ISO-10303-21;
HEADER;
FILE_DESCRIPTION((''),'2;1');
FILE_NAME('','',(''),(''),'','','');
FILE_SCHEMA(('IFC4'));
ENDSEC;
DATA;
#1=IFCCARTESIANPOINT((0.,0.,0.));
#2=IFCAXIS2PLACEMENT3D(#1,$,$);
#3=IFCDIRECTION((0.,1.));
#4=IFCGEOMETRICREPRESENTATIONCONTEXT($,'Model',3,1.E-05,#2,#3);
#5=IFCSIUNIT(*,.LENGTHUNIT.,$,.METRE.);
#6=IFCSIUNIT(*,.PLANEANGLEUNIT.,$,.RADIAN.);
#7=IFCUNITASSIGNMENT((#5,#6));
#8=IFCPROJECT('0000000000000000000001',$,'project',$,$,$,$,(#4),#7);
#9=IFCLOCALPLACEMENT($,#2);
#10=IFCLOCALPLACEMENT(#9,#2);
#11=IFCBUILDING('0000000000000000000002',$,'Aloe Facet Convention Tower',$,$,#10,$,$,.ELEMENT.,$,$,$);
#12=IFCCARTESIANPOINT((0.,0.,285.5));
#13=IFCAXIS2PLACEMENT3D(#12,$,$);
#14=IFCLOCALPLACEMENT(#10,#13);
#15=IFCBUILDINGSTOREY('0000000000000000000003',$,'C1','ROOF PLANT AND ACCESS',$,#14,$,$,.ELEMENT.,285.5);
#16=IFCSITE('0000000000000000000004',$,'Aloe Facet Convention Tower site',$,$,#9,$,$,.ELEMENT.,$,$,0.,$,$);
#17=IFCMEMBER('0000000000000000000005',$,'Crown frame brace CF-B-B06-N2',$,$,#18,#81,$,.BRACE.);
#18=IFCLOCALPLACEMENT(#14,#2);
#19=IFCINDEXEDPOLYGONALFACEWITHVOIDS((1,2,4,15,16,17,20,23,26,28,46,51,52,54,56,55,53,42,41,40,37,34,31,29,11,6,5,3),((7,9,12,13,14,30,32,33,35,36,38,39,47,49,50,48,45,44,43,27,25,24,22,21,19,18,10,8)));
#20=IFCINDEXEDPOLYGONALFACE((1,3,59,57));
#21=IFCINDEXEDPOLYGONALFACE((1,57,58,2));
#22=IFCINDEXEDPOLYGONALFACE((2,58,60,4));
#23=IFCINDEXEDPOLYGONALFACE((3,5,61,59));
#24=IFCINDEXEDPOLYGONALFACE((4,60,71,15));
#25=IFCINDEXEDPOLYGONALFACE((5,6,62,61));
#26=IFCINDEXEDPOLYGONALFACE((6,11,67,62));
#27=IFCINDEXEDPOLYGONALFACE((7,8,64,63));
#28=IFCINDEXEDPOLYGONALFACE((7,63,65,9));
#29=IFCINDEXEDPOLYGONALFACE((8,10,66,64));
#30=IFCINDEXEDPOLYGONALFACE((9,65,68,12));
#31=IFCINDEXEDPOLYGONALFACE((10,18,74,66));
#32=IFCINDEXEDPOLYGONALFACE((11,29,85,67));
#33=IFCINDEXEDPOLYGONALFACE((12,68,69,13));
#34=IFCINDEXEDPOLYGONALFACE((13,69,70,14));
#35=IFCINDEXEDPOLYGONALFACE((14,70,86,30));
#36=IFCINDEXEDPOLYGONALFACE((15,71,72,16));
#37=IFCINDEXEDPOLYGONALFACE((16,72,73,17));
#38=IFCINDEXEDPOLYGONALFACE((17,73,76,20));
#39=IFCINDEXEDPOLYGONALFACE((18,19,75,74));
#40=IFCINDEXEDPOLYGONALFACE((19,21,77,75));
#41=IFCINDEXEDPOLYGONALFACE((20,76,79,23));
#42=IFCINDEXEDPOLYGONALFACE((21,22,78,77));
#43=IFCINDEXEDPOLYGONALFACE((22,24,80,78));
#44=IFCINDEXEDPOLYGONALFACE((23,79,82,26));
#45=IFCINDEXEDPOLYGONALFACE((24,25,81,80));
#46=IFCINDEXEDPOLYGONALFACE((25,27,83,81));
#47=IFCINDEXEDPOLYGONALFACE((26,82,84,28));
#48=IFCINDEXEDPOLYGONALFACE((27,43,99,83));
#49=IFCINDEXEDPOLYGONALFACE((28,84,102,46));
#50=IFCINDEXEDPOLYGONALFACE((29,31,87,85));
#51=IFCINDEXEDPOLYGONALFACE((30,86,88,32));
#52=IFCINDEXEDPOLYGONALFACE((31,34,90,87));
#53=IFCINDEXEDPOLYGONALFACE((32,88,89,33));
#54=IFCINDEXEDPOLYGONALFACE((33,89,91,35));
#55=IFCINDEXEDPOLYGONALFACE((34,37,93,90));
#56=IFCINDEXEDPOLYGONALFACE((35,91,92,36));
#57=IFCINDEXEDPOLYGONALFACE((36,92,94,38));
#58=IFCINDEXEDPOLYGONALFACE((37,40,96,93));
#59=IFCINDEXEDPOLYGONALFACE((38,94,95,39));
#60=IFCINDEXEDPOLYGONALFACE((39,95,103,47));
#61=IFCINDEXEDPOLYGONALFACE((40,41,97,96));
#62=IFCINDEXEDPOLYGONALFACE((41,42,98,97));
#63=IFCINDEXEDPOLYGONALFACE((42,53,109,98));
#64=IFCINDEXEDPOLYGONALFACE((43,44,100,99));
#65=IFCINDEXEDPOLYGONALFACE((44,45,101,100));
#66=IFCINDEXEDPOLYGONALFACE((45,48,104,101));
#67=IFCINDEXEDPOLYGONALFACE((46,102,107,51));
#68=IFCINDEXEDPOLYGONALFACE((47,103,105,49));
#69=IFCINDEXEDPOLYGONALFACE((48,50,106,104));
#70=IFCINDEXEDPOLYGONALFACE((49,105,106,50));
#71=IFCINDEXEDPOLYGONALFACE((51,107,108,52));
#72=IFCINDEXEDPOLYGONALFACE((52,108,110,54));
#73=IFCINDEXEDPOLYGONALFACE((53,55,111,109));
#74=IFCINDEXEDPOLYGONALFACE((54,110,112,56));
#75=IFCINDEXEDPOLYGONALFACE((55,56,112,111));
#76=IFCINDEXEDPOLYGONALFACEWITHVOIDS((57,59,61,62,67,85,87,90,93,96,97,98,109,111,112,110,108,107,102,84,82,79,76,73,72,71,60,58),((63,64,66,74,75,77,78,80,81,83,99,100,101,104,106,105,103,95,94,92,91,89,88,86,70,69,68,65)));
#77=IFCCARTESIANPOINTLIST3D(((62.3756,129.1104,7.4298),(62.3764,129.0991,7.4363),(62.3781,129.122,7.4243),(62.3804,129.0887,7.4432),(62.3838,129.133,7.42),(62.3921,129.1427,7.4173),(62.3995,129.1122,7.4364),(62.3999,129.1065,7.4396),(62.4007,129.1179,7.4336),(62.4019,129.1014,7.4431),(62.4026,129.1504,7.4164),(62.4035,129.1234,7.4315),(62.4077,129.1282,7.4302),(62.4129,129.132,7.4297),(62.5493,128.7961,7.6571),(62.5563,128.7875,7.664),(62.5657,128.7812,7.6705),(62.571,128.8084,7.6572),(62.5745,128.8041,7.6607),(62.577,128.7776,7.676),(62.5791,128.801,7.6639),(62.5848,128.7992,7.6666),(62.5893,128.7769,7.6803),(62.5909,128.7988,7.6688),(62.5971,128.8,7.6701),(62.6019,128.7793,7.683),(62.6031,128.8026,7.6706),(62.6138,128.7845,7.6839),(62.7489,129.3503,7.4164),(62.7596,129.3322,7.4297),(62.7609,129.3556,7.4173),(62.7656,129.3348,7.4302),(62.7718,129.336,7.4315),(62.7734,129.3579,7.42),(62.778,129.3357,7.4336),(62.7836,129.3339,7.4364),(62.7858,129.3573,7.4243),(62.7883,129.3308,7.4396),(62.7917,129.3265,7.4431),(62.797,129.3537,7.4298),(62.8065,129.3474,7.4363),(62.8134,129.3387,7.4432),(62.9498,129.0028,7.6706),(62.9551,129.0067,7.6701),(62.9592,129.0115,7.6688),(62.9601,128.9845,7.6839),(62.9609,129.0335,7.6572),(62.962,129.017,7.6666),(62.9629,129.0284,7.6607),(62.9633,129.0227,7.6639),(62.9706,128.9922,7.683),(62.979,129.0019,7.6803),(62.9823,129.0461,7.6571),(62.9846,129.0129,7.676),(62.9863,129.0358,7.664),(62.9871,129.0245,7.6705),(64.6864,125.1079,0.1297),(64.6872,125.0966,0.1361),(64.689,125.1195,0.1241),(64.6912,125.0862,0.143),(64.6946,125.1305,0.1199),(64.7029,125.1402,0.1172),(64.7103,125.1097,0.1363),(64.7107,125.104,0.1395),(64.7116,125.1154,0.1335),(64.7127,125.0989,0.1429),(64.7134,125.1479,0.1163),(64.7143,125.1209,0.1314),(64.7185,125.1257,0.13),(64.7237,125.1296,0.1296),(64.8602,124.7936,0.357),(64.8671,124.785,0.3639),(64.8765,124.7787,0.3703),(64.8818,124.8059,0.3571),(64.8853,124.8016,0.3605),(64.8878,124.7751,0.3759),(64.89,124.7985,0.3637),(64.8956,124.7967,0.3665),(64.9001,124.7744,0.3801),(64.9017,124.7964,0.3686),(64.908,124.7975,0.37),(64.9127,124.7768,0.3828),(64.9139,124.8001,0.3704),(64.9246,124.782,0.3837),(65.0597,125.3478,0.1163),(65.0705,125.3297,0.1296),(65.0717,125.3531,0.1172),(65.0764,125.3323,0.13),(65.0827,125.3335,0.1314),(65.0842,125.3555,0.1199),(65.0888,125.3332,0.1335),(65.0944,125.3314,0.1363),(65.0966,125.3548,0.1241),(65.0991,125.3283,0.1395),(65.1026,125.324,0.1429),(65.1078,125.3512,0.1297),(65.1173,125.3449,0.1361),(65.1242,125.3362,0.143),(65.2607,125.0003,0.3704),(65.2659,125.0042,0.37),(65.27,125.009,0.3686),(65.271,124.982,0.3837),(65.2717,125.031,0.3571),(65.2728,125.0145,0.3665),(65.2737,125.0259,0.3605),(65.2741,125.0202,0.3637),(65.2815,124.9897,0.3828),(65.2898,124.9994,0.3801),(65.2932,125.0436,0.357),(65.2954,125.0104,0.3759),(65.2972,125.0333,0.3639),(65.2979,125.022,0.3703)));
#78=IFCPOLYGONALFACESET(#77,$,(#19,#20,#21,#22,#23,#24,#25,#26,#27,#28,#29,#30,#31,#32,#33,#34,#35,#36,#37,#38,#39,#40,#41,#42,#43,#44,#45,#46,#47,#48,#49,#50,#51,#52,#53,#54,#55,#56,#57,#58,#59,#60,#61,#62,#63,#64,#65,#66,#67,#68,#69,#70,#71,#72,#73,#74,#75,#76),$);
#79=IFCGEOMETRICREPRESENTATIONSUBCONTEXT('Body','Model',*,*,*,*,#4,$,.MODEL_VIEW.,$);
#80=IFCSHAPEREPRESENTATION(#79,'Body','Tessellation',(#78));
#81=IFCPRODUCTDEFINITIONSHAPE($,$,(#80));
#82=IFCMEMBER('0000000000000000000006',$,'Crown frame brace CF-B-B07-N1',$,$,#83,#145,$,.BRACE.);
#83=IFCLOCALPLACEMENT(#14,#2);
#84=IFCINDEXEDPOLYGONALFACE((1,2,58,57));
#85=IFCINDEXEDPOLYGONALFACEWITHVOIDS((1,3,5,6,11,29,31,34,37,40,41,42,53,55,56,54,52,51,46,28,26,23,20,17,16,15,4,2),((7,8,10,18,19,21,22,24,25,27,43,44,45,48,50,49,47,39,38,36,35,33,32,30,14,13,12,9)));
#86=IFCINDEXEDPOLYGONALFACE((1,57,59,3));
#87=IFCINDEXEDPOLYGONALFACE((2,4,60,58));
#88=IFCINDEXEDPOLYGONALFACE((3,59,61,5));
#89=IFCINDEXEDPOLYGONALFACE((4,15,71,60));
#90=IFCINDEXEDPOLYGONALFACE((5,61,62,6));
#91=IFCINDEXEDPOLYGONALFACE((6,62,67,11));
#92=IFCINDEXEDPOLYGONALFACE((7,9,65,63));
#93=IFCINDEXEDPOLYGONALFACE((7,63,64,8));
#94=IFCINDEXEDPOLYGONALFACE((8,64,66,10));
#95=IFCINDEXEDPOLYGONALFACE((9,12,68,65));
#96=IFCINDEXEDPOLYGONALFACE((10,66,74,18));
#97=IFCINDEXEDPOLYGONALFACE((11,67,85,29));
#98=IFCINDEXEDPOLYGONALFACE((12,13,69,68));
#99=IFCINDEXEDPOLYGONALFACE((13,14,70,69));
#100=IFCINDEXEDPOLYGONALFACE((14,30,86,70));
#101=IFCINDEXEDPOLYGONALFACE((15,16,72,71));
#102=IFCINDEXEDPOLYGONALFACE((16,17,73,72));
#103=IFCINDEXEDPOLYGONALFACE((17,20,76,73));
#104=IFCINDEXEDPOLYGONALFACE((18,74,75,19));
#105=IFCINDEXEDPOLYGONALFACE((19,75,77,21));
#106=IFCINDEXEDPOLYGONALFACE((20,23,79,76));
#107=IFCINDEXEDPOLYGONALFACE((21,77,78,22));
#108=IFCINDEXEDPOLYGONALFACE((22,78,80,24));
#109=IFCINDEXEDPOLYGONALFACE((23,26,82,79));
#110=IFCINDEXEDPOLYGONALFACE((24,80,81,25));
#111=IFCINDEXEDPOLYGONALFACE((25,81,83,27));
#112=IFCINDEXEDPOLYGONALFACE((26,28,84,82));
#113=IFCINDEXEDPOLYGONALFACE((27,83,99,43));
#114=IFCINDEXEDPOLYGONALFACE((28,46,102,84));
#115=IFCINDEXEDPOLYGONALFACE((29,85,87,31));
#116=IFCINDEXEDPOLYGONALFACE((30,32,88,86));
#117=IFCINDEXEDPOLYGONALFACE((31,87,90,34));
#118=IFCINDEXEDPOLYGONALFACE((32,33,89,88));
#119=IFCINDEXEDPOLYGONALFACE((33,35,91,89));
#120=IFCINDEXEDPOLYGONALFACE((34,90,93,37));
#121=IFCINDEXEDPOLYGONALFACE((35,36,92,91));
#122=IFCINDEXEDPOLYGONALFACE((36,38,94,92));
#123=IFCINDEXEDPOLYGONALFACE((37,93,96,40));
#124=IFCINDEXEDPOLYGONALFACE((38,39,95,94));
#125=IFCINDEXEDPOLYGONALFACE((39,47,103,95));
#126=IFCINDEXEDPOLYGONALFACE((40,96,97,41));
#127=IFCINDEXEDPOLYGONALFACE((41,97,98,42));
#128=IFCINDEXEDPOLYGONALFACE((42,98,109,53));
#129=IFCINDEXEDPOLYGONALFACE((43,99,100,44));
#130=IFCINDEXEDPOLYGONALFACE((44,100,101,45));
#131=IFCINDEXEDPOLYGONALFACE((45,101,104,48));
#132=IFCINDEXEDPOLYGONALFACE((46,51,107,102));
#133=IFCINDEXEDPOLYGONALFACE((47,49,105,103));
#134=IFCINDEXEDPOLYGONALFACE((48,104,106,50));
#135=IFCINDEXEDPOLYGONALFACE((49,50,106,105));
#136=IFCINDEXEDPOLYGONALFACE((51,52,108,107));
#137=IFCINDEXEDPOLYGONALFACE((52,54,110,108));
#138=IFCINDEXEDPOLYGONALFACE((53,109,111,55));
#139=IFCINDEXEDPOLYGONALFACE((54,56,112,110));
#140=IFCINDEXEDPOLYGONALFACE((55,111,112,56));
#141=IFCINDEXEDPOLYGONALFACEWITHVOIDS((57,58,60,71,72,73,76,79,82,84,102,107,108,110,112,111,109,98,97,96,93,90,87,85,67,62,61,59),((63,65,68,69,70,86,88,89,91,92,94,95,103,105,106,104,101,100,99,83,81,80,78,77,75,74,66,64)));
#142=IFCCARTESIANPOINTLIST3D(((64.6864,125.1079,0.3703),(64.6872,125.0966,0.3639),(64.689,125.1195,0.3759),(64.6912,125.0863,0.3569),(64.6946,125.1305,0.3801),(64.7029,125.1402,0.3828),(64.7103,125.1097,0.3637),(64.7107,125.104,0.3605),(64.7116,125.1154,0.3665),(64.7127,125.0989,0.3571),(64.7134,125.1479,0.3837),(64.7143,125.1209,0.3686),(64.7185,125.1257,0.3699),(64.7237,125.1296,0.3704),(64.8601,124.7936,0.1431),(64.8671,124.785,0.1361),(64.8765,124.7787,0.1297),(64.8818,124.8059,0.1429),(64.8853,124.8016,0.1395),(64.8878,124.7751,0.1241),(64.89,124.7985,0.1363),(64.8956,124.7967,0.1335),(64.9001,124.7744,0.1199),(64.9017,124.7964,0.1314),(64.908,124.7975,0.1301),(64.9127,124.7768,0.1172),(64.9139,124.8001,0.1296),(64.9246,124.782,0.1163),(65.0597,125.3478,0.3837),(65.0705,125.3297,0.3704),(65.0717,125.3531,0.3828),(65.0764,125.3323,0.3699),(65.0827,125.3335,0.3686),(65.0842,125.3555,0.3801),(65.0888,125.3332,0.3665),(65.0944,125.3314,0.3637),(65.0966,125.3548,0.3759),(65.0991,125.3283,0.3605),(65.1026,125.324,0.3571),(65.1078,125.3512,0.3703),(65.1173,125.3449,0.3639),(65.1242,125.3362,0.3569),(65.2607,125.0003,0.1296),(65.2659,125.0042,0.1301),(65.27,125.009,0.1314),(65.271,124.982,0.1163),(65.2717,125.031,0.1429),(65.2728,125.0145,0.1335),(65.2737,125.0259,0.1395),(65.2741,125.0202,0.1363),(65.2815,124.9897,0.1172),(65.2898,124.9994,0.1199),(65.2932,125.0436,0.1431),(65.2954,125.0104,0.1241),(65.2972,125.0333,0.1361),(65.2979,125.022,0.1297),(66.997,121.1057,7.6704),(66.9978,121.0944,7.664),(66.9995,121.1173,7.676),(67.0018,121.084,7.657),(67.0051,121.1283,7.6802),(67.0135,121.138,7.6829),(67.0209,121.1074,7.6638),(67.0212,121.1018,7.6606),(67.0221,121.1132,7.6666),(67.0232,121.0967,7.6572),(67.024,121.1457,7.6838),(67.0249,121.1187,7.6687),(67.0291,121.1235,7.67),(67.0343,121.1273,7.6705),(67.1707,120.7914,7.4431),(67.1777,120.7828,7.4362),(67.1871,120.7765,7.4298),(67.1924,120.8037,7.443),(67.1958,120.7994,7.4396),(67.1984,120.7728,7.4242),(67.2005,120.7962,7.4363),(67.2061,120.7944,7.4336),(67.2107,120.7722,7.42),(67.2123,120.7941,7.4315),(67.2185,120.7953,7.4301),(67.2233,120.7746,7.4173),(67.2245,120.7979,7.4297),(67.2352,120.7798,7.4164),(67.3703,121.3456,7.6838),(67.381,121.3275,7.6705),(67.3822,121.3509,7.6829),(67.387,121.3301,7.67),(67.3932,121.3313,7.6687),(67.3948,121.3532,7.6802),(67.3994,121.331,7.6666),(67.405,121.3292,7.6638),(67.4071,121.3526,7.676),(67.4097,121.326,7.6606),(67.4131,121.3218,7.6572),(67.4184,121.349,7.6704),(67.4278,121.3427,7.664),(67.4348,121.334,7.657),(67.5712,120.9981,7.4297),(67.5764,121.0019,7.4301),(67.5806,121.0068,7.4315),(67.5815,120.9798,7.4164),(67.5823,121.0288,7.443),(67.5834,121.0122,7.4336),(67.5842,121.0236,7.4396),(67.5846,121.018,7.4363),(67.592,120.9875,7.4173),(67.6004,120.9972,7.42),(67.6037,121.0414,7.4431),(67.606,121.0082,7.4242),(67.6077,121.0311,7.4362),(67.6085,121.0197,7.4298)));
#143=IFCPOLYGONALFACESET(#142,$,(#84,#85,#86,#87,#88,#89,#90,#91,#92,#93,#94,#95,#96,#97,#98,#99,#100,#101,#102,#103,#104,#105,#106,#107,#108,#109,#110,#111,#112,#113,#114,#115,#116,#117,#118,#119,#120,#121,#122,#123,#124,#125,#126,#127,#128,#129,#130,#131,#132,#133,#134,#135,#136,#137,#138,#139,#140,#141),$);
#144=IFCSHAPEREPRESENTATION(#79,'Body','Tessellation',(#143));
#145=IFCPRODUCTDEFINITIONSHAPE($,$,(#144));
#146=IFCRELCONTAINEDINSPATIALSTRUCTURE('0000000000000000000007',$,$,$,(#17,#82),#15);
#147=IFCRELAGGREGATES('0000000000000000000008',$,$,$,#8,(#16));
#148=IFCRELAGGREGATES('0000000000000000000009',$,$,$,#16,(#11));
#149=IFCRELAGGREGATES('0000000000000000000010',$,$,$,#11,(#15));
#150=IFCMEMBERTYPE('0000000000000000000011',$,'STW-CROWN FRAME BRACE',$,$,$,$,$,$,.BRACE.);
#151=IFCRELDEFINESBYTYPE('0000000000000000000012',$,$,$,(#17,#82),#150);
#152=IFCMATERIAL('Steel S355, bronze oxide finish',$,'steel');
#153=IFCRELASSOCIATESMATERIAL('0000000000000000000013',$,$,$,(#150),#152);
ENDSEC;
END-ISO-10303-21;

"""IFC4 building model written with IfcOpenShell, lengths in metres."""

from ifc_helpers import new_model, si_unit, direction, frame, origin, origin_2d, place, context, subcontext, project, spatial, hollow_rectangle, extrude, material, material_profile, profile_set, type_object, element, save


model = new_model("IFC4")

# Units and contexts
model_context = context("Model", 3, precision=1e-05, world=origin(), true_north=direction((0.0, 1.0)))
body_context = subcontext(model_context, "Body", "Model", "MODEL_VIEW")
ifc_project = project(units=[si_unit("LENGTHUNIT", "METRE"), si_unit("PLANEANGLEUNIT", "RADIAN")], contexts=[model_context])

# Site, building, storey
site_placement = place(None, origin())
site = spatial("IfcSite", under=ifc_project, at=site_placement, Name="Aloe Facet Convention Tower site", CompositionType="ELEMENT", RefElevation=0.0)
building_placement = place(site_placement, origin())
building = spatial("IfcBuilding", under=site, at=building_placement, Name="Aloe Facet Convention Tower", CompositionType="ELEMENT")
storey_placement = place(building_placement, frame((0.0, 0.0, 285.5)))
storey = spatial("IfcBuildingStorey", under=building, at=storey_placement, Name="C1", Description="ROOF PLANT AND ACCESS", CompositionType="ELEMENT", Elevation=285.5)

# Members
ifc_material_1 = material(Name="Steel S355, bronze oxide finish", Category="steel")
ifc_material_profile_1 = material_profile(ifc_material_1, hollow_rectangle(XDim=0.5, YDim=0.5, WallThickness=0.0249, InnerFilletRadius=0.0249, OuterFilletRadius=0.05, at=origin_2d()), Name="SHS 500x500x25")
ifc_profile_set_1 = profile_set([ifc_material_profile_1], Name="Steel S355, bronze oxide finish")
member_type = type_object("IfcMemberType", Name="STW-CROWN FRAME BRACE", PredefinedType="BRACE", material=ifc_profile_set_1)
for number, where, z_axis, x_axis, name in (
    (1, (64.9922, 125.0649, 0.25), (-0.267452, 0.463244, 0.844911), (-0.866027, -0.499997, 0.0), "Crown frame brace CF-B-B06-N2"),
):
    element("IfcMember", number, at=place(storey_placement, frame(where, z_axis=z_axis, x_axis=x_axis)), inside=storey, type_object=member_type, Name=name, PredefinedType="BRACE", context=body_context, shape_type="SweptSolid", body=[
        extrude(hollow_rectangle(XDim=0.5, YDim=0.5, WallThickness=0.0249, InnerFilletRadius=0.0249, OuterFilletRadius=0.05, at=origin_2d()), origin(), (0.0, 0.0, 1.0), 8.6401),
    ])
member_1_placement = place(storey_placement, frame((64.9922, 125.0649, 0.25), z_axis=(0.267429, -0.463226, 0.844928), x_axis=(0.866037, 0.49998, 0.0)))
element("IfcMember", 2, at=member_1_placement, inside=storey, type_object=member_type, Name="Crown frame brace CF-B-B07-N1", PredefinedType="BRACE", context=body_context, shape_type="SweptSolid", body=[
    extrude(hollow_rectangle(XDim=0.5, YDim=0.5, WallThickness=0.0249, InnerFilletRadius=0.0249, OuterFilletRadius=0.05, at=origin_2d()), origin(), (0.0, 0.0, 1.0), 8.6399),
])

save(model, "model.ifc")
